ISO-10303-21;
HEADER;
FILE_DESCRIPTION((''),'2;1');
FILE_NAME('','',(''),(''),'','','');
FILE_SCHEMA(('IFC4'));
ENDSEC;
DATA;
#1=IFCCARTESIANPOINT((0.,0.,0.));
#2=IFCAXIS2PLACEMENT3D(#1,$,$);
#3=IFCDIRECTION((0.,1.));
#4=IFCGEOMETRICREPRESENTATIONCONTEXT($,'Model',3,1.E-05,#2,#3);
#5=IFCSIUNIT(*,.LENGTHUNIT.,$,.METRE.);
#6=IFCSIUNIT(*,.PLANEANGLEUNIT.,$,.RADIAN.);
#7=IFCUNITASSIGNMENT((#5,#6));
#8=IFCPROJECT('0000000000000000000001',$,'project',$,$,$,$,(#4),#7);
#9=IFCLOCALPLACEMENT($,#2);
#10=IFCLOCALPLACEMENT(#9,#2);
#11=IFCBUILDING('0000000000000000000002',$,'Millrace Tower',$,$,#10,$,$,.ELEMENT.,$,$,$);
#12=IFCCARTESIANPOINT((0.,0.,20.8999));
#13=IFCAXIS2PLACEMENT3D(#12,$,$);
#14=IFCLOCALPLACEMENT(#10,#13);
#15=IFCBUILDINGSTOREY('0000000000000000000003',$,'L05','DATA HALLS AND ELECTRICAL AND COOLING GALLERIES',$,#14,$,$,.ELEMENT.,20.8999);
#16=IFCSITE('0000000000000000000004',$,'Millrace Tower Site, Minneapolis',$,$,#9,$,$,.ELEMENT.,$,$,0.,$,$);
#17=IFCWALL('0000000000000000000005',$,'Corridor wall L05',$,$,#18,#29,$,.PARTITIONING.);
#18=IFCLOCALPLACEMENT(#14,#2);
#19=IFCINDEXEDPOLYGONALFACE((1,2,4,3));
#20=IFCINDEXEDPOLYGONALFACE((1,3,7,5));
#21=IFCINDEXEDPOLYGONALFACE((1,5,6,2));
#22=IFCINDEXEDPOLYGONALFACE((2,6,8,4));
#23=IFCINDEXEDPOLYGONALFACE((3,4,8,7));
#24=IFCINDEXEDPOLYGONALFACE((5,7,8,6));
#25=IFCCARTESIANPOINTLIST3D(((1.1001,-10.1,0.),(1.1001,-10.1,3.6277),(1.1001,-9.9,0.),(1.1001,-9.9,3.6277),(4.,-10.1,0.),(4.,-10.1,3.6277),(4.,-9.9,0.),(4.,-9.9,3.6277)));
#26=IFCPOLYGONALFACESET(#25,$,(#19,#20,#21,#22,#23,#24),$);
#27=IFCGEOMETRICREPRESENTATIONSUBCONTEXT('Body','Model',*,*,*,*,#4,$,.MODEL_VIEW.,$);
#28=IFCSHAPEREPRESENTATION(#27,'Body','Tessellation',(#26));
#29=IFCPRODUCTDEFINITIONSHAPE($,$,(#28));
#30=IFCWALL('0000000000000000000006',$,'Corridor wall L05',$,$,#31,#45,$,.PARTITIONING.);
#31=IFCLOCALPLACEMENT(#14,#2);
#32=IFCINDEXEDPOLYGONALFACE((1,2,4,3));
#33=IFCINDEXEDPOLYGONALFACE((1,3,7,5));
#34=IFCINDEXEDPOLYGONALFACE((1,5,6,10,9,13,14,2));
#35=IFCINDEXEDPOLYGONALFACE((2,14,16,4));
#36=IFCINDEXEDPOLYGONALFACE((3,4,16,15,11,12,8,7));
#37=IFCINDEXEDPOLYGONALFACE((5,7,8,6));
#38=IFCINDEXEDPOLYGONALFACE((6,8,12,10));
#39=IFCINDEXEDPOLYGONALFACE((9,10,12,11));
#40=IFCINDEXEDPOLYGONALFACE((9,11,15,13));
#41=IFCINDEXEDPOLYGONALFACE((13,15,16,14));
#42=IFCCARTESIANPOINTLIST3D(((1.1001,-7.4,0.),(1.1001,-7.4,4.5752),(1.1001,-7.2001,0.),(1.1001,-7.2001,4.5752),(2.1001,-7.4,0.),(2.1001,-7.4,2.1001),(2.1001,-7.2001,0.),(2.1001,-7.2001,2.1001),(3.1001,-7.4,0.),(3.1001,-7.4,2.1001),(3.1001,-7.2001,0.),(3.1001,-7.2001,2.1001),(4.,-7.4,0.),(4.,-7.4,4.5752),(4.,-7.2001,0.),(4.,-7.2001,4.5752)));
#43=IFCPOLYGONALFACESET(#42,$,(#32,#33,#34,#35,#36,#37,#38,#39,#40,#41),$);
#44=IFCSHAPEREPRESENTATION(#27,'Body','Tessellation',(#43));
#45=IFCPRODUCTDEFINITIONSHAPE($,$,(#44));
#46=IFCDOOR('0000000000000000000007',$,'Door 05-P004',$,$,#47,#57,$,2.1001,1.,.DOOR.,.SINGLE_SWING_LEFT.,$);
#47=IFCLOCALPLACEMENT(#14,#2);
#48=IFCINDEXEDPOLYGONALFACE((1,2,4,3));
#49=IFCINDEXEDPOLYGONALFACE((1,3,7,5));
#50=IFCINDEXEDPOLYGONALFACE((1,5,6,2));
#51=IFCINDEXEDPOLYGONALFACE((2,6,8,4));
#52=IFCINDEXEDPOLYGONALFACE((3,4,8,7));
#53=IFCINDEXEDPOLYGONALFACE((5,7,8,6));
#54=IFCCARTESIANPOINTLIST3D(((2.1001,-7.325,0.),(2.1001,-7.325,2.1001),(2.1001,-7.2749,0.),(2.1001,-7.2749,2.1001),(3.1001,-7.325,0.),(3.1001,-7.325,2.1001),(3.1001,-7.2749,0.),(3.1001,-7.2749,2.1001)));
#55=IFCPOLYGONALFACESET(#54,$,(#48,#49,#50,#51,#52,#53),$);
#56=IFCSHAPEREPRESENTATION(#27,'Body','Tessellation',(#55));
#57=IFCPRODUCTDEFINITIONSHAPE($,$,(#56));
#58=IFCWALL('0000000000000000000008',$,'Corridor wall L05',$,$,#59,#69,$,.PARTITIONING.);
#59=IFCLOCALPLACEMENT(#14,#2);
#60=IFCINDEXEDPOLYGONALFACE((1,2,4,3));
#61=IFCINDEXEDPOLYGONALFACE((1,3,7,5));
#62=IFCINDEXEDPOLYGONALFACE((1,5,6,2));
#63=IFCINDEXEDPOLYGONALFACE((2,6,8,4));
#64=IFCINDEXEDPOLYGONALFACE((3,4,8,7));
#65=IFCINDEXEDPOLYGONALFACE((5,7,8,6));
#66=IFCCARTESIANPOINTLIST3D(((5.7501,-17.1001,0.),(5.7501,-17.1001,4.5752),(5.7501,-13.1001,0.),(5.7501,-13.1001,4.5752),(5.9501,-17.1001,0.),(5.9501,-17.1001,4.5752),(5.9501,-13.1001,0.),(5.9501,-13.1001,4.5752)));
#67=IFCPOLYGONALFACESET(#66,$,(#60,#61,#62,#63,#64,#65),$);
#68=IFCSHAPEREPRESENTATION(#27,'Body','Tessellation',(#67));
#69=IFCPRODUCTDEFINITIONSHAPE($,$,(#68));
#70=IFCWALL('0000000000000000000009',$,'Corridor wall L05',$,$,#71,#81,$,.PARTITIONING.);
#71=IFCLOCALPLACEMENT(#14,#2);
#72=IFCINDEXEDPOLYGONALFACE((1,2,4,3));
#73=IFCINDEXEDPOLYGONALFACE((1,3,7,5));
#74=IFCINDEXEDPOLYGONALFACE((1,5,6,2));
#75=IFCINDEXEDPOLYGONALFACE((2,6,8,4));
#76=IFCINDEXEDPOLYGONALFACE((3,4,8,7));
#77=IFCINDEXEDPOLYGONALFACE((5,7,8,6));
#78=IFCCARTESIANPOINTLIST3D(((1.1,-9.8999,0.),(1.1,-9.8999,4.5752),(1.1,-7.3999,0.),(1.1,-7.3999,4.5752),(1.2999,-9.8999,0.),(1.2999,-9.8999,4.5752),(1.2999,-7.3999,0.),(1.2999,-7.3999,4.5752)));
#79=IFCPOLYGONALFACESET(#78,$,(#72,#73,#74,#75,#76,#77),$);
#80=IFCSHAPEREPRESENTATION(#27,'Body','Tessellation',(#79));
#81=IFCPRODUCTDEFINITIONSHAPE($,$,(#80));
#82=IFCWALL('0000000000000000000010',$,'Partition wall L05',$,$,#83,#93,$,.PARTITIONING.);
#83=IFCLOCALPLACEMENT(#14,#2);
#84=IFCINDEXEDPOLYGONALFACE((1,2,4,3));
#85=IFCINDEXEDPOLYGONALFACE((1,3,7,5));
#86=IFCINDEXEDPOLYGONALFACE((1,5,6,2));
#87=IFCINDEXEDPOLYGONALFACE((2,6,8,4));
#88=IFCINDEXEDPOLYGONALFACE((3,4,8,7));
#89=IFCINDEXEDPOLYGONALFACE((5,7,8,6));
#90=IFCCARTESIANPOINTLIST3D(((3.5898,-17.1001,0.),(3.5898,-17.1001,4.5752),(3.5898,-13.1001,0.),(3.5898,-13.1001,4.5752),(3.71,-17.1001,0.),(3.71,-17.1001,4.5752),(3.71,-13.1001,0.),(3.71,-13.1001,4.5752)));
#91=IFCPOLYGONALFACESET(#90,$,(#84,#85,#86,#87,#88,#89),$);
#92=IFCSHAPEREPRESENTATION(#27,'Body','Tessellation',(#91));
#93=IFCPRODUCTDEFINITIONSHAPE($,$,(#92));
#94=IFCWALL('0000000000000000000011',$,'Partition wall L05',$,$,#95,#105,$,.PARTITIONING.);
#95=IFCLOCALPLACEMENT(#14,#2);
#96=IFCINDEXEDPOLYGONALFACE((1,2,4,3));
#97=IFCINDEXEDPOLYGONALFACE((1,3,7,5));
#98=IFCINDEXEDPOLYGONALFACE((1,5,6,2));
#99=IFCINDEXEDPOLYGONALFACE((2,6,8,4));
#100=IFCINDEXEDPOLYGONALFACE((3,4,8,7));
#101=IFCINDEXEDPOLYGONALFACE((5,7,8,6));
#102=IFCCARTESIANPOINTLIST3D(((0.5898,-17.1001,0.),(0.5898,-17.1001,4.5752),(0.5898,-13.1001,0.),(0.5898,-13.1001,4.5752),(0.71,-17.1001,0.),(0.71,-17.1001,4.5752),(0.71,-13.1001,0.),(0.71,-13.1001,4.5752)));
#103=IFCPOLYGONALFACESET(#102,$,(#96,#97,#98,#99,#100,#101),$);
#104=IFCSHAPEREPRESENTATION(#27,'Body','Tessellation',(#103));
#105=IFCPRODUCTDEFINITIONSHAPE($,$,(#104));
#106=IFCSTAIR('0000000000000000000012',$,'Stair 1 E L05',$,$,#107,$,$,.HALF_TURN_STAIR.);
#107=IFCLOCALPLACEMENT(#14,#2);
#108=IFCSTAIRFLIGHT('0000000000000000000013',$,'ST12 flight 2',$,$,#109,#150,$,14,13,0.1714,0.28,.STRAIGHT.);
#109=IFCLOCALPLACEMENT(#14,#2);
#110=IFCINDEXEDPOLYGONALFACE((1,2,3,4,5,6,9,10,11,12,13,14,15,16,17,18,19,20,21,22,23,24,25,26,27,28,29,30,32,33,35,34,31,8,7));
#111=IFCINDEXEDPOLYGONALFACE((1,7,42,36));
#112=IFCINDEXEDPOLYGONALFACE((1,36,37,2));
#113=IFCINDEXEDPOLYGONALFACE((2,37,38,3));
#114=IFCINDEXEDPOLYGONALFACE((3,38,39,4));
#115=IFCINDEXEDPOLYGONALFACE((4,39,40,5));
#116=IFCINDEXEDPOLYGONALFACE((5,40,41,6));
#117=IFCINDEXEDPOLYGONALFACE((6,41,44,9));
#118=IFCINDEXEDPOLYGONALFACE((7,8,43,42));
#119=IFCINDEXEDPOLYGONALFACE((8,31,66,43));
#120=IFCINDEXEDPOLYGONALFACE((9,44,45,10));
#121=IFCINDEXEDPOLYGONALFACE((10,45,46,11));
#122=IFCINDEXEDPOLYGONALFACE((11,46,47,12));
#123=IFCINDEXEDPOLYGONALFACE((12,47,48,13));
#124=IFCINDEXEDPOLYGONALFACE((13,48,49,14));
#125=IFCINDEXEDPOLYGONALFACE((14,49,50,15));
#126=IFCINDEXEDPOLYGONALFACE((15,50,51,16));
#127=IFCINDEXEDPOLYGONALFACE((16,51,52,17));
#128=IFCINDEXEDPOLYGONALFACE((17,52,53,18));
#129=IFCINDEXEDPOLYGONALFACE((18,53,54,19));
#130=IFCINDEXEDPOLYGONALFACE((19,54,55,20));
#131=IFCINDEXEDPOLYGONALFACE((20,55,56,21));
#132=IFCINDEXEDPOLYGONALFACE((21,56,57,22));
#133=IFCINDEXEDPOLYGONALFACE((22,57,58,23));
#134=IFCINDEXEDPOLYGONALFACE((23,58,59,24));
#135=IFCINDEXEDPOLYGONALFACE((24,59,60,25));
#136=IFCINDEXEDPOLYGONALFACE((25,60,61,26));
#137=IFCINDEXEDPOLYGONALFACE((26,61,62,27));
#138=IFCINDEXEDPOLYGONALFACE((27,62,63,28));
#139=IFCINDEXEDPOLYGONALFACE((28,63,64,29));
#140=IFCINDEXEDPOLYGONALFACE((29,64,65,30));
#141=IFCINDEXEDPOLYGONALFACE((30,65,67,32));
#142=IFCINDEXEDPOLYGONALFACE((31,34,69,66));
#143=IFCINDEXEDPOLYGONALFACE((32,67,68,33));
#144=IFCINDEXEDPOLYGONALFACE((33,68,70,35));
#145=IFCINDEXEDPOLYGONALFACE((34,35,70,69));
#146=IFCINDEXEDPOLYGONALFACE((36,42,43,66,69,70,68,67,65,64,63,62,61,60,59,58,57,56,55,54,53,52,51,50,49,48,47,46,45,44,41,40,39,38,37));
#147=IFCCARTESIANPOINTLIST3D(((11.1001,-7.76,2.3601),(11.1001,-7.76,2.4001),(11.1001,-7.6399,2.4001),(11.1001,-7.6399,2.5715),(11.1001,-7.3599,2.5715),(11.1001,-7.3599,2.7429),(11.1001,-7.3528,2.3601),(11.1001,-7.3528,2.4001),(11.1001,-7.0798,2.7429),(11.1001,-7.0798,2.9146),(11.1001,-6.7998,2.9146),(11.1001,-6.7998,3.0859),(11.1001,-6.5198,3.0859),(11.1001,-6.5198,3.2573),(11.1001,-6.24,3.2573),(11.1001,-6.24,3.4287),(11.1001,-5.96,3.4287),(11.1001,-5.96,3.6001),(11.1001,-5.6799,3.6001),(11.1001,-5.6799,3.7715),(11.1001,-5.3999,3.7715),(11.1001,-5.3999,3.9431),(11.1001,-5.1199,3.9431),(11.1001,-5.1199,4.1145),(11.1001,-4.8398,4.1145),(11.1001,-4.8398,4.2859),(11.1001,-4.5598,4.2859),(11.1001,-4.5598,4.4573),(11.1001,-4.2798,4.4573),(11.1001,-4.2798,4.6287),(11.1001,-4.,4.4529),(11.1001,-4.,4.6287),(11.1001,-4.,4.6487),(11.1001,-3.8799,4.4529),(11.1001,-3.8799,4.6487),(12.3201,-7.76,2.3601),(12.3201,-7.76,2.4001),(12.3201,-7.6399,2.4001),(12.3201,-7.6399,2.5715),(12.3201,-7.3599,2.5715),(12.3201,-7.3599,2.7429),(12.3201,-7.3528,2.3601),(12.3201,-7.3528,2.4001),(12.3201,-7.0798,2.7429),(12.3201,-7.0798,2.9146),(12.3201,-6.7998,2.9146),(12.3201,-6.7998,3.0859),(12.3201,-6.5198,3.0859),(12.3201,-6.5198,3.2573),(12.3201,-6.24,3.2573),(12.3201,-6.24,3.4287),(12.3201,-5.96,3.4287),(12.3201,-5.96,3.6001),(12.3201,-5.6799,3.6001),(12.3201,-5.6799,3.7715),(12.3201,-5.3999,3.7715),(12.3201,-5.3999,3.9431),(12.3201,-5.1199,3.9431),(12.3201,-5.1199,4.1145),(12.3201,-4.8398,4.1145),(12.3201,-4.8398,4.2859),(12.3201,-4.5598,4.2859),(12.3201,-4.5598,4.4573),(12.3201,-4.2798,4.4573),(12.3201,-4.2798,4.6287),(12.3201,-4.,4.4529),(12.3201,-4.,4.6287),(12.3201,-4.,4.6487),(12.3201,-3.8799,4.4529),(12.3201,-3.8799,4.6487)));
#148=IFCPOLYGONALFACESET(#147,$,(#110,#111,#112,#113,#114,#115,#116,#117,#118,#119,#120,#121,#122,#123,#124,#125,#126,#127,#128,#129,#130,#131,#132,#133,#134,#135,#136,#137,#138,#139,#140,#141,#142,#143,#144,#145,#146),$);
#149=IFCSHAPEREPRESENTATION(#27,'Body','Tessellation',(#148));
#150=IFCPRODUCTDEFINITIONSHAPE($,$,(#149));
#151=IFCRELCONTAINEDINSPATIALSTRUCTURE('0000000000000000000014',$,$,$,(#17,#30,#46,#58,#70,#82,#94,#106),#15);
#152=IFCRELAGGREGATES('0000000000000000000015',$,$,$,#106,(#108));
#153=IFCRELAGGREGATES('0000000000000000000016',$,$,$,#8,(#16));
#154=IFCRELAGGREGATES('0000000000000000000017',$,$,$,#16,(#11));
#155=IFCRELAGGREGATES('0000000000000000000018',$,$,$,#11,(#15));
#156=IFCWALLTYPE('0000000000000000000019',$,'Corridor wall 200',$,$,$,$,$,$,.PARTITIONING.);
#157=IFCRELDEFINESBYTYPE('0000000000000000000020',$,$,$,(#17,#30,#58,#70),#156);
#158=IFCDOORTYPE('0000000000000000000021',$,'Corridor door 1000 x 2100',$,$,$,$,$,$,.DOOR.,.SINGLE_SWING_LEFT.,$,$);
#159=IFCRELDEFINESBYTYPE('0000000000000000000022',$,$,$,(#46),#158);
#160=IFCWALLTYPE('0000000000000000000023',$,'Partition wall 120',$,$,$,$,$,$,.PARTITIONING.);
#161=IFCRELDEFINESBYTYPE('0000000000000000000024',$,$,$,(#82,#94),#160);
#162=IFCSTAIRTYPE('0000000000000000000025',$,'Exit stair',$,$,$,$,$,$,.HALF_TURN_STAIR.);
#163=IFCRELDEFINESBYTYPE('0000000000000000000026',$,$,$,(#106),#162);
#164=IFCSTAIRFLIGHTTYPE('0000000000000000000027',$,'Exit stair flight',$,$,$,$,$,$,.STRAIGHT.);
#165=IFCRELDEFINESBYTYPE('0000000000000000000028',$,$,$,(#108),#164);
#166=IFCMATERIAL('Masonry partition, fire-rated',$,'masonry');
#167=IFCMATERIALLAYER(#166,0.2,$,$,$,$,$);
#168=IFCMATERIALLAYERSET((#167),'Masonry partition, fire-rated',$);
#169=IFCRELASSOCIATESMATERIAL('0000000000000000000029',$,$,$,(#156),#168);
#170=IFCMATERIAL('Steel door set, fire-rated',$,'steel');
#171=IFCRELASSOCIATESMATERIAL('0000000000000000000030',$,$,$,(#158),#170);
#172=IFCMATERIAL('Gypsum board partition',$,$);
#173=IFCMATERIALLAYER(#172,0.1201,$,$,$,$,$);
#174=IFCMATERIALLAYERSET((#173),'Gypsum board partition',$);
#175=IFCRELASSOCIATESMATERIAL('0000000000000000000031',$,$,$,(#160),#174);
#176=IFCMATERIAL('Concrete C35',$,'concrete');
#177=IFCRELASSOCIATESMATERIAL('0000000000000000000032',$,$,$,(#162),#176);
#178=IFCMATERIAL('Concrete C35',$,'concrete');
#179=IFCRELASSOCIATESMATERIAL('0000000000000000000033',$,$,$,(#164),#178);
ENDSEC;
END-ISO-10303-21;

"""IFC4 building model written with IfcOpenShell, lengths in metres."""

from ifc_helpers import new_model, si_unit, direction, frame, frame_2d, origin, place, context, subcontext, project, spatial, polyline, rectangle, outline, extrude, material, layer, layer_set, type_object, element, fill, aggregate, save


model = new_model("IFC4")

# Units and contexts
model_context = context("Model", 3, precision=1e-05, world=origin(), true_north=direction((0.0, 1.0)))
body_context = subcontext(model_context, "Body", "Model", "MODEL_VIEW")
ifc_project = project(units=[si_unit("LENGTHUNIT", "METRE"), si_unit("PLANEANGLEUNIT", "RADIAN")], contexts=[model_context])

# Site, building, storey
site_placement = place(None, origin())
site = spatial("IfcSite", under=ifc_project, at=site_placement, Name="Millrace Tower Site, Minneapolis", CompositionType="ELEMENT", RefElevation=0.0)
building_placement = place(site_placement, origin())
building = spatial("IfcBuilding", under=site, at=building_placement, Name="Millrace Tower", CompositionType="ELEMENT")
storey_placement = place(building_placement, frame((0.0, 0.0, 20.8999)))
storey = spatial("IfcBuildingStorey", under=building, at=storey_placement, Name="L05", Description="DATA HALLS AND ELECTRICAL AND COOLING GALLERIES", CompositionType="ELEMENT", Elevation=20.8999)

# Shared definitions
placement = place(storey_placement, origin())

# Wall
ifc_material_1 = material(Name="Masonry partition, fire-rated", Category="masonry")
ifc_layer_1 = layer(ifc_material_1, 0.2)
ifc_layer_set_1 = layer_set([ifc_layer_1], Name="Masonry partition, fire-rated")
wall_type_1 = type_object("IfcWallType", Name="Corridor wall 200", PredefinedType="PARTITIONING", material=ifc_layer_set_1)
wall_1_placement = place(storey_placement, frame((1.1001, -10.0, 0.0), z_axis=(0.0, 0.0, 1.0), x_axis=(1.0, 0.0, 0.0)))
element("IfcWall", 1, at=wall_1_placement, inside=storey, type_object=wall_type_1, Name="Corridor wall L05", PredefinedType="PARTITIONING", context=body_context, shape_type="SweptSolid", body=[
    extrude(rectangle(XDim=2.8999, YDim=0.2, at=frame_2d((1.45, 0.0))), origin(), (0.0, 0.0, 1.0), 3.6277),
])

# Wall, opening, door
wall_2_placement = place(storey_placement, frame((1.1001, -7.3, 0.0), z_axis=(0.0, 0.0, 1.0), x_axis=(1.0, 0.0, 0.0)))
wall_2 = element("IfcWall", 2, at=wall_2_placement, inside=storey, type_object=wall_type_1, Name="Corridor wall L05", PredefinedType="PARTITIONING", context=body_context, shape_type="SweptSolid", body=[
    extrude(rectangle(XDim=2.8999, YDim=0.2, at=frame_2d((1.45, 0.0))), origin(), (0.0, 0.0, 1.0), 4.5752),
])
opening_placement = place(wall_2_placement, frame((1.0, 0.0, 0.0)))
opening = element("IfcOpeningElement", 3, at=opening_placement, cuts=wall_2, PredefinedType="OPENING", context=body_context, shape_type="SweptSolid", body=[
    extrude(rectangle(XDim=1.0, YDim=2.1001, at=frame_2d((0.5, 1.05))), frame((0.0, 0.1099, 0.0), z_axis=(0.0, -1.0, 0.0), x_axis=(1.0, 0.0, 0.0)), (0.0, 0.0, 1.0), 0.22),
])
ifc_material_2 = material(Name="Steel door set, fire-rated", Category="steel")
door_type = type_object("IfcDoorType", Name="Corridor door 1000 x 2100", OperationType="SINGLE_SWING_LEFT", PredefinedType="DOOR", material=ifc_material_2)
door_placement = place(opening_placement, frame((1.0, 0.0, 0.0), z_axis=(0.0, 0.0, 1.0), x_axis=(-1.0, 0.0, 0.0)))
door = element("IfcDoor", 4, at=door_placement, inside=storey, type_object=door_type, Name="Door 05-P004", OperationType="SINGLE_SWING_LEFT", OverallHeight=2.1001, OverallWidth=1.0, PredefinedType="DOOR", context=body_context, shape_type="SweptSolid", body=[
    extrude(rectangle(XDim=1.0, YDim=2.1001, at=frame_2d((0.5, 1.05))), frame((0.0, 0.0249, 0.0), z_axis=(0.0, -1.0, 0.0), x_axis=(1.0, 0.0, 0.0)), (0.0, 0.0, 1.0), 0.05),
])
fill(opening, door)

# Walls
wall_3_placement = place(storey_placement, frame((5.8501, -17.1001, 0.0), z_axis=(0.0, 0.0, 1.0), x_axis=(0.0, 1.0, 0.0)))
element("IfcWall", 5, at=wall_3_placement, inside=storey, type_object=wall_type_1, Name="Corridor wall L05", PredefinedType="PARTITIONING", context=body_context, shape_type="SweptSolid", body=[
    extrude(rectangle(XDim=4.0, YDim=0.2, at=frame_2d((2.0, 0.0))), origin(), (0.0, 0.0, 1.0), 4.5752),
])
wall_4_placement = place(storey_placement, frame((1.2, -9.8999, 0.0), z_axis=(0.0, 0.0, 1.0), x_axis=(0.0, 1.0, 0.0)))
element("IfcWall", 6, at=wall_4_placement, inside=storey, type_object=wall_type_1, Name="Corridor wall L05", PredefinedType="PARTITIONING", context=body_context, shape_type="SweptSolid", body=[
    extrude(rectangle(XDim=2.5, YDim=0.2, at=frame_2d((1.25, 0.0))), origin(), (0.0, 0.0, 1.0), 4.5752),
])
ifc_material_3 = material(Name="Gypsum board partition")
ifc_layer_2 = layer(ifc_material_3, 0.1201)
ifc_layer_set_2 = layer_set([ifc_layer_2], Name="Gypsum board partition")
wall_type_2 = type_object("IfcWallType", Name="Partition wall 120", PredefinedType="PARTITIONING", material=ifc_layer_set_2)
for number, where, z_axis, x_axis, name in (
    (7, (3.6499, -17.1001, 0.0), (0.0, 0.0, 1.0), (0.0, 1.0, 0.0), "Partition wall L05"),
    (8, (0.6499, -17.1001, 0.0), (0.0, 0.0, 1.0), (0.0, 1.0, 0.0), "Partition wall L05"),
):
    element("IfcWall", number, at=place(storey_placement, frame(where, z_axis=z_axis, x_axis=x_axis)), inside=storey, type_object=wall_type_2, Name=name, PredefinedType="PARTITIONING", context=body_context, shape_type="SweptSolid", body=[
        extrude(rectangle(XDim=4.0, YDim=0.1201, at=frame_2d((2.0, 0.0))), origin(), (0.0, 0.0, 1.0), 4.5752),
    ])

# Stair, stair flight
ifc_material_4 = material(Name="Concrete C35", Category="concrete")
stair_type = type_object("IfcStairType", Name="Exit stair", PredefinedType="HALF_TURN_STAIR", material=ifc_material_4)
stair_1 = element("IfcStair", 9, at=placement, inside=storey, type_object=stair_type, Name="Stair 1 E L05", PredefinedType="HALF_TURN_STAIR")
ifc_material_5 = material(Name="Concrete C35", Category="concrete")
stair_flight_type = type_object("IfcStairFlightType", Name="Exit stair flight", PredefinedType="STRAIGHT", material=ifc_material_5)
stair_flight_1_placement = place(storey_placement, frame((11.71, -7.6399, 2.4001), z_axis=(0.0, 0.0, 1.0), x_axis=(0.0, 1.0, 0.0)))
stair_flight_1 = element("IfcStairFlight", 10, at=stair_flight_1_placement, type_object=stair_flight_type, Name="ST12 flight 2", NumberOfRisers=14, NumberOfTreads=13, PredefinedType="STRAIGHT", RiserHeight=0.1714, TreadLength=0.28, context=body_context, shape_type="SweptSolid", body=[
    extrude(outline(polyline([(-0.1201, -0.04), (-0.1201, 0.0), (0.0, 0.0), (0.0, 0.1714), (0.28, 0.1714), (0.28, 0.3428), (0.5601, 0.3428), (0.5601, 0.5144), (0.8401, 0.5144), (0.8401, 0.6858), (1.1201, 0.6858), (1.1201, 0.8572), (1.3999, 0.8572), (1.3999, 1.0286), (1.6799, 1.0286), (1.6799, 1.2), (1.96, 1.2), (1.96, 1.3713), (2.24, 1.3713), (2.24, 1.543), (2.52, 1.543), (2.52, 1.7144), (2.8, 1.7144), (2.8, 1.8857), (3.0801, 1.8857), (3.0801, 2.0571), (3.3601, 2.0571), (3.3601, 2.2285), (3.6399, 2.2285), (3.6399, 2.2485), (3.76, 2.2485), (3.76, 2.0527), (3.6399, 2.0527), (0.2871, 0.0), (0.2871, -0.04), (-0.1201, -0.04)])), frame((0.0, 0.6099, 0.0), z_axis=(0.0, -1.0, 0.0), x_axis=(1.0, 0.0, 0.0)), (0.0, 0.0, 1.0), 1.22),
])
aggregate(stair_1, [stair_flight_1])

save(model, "model.ifc")
